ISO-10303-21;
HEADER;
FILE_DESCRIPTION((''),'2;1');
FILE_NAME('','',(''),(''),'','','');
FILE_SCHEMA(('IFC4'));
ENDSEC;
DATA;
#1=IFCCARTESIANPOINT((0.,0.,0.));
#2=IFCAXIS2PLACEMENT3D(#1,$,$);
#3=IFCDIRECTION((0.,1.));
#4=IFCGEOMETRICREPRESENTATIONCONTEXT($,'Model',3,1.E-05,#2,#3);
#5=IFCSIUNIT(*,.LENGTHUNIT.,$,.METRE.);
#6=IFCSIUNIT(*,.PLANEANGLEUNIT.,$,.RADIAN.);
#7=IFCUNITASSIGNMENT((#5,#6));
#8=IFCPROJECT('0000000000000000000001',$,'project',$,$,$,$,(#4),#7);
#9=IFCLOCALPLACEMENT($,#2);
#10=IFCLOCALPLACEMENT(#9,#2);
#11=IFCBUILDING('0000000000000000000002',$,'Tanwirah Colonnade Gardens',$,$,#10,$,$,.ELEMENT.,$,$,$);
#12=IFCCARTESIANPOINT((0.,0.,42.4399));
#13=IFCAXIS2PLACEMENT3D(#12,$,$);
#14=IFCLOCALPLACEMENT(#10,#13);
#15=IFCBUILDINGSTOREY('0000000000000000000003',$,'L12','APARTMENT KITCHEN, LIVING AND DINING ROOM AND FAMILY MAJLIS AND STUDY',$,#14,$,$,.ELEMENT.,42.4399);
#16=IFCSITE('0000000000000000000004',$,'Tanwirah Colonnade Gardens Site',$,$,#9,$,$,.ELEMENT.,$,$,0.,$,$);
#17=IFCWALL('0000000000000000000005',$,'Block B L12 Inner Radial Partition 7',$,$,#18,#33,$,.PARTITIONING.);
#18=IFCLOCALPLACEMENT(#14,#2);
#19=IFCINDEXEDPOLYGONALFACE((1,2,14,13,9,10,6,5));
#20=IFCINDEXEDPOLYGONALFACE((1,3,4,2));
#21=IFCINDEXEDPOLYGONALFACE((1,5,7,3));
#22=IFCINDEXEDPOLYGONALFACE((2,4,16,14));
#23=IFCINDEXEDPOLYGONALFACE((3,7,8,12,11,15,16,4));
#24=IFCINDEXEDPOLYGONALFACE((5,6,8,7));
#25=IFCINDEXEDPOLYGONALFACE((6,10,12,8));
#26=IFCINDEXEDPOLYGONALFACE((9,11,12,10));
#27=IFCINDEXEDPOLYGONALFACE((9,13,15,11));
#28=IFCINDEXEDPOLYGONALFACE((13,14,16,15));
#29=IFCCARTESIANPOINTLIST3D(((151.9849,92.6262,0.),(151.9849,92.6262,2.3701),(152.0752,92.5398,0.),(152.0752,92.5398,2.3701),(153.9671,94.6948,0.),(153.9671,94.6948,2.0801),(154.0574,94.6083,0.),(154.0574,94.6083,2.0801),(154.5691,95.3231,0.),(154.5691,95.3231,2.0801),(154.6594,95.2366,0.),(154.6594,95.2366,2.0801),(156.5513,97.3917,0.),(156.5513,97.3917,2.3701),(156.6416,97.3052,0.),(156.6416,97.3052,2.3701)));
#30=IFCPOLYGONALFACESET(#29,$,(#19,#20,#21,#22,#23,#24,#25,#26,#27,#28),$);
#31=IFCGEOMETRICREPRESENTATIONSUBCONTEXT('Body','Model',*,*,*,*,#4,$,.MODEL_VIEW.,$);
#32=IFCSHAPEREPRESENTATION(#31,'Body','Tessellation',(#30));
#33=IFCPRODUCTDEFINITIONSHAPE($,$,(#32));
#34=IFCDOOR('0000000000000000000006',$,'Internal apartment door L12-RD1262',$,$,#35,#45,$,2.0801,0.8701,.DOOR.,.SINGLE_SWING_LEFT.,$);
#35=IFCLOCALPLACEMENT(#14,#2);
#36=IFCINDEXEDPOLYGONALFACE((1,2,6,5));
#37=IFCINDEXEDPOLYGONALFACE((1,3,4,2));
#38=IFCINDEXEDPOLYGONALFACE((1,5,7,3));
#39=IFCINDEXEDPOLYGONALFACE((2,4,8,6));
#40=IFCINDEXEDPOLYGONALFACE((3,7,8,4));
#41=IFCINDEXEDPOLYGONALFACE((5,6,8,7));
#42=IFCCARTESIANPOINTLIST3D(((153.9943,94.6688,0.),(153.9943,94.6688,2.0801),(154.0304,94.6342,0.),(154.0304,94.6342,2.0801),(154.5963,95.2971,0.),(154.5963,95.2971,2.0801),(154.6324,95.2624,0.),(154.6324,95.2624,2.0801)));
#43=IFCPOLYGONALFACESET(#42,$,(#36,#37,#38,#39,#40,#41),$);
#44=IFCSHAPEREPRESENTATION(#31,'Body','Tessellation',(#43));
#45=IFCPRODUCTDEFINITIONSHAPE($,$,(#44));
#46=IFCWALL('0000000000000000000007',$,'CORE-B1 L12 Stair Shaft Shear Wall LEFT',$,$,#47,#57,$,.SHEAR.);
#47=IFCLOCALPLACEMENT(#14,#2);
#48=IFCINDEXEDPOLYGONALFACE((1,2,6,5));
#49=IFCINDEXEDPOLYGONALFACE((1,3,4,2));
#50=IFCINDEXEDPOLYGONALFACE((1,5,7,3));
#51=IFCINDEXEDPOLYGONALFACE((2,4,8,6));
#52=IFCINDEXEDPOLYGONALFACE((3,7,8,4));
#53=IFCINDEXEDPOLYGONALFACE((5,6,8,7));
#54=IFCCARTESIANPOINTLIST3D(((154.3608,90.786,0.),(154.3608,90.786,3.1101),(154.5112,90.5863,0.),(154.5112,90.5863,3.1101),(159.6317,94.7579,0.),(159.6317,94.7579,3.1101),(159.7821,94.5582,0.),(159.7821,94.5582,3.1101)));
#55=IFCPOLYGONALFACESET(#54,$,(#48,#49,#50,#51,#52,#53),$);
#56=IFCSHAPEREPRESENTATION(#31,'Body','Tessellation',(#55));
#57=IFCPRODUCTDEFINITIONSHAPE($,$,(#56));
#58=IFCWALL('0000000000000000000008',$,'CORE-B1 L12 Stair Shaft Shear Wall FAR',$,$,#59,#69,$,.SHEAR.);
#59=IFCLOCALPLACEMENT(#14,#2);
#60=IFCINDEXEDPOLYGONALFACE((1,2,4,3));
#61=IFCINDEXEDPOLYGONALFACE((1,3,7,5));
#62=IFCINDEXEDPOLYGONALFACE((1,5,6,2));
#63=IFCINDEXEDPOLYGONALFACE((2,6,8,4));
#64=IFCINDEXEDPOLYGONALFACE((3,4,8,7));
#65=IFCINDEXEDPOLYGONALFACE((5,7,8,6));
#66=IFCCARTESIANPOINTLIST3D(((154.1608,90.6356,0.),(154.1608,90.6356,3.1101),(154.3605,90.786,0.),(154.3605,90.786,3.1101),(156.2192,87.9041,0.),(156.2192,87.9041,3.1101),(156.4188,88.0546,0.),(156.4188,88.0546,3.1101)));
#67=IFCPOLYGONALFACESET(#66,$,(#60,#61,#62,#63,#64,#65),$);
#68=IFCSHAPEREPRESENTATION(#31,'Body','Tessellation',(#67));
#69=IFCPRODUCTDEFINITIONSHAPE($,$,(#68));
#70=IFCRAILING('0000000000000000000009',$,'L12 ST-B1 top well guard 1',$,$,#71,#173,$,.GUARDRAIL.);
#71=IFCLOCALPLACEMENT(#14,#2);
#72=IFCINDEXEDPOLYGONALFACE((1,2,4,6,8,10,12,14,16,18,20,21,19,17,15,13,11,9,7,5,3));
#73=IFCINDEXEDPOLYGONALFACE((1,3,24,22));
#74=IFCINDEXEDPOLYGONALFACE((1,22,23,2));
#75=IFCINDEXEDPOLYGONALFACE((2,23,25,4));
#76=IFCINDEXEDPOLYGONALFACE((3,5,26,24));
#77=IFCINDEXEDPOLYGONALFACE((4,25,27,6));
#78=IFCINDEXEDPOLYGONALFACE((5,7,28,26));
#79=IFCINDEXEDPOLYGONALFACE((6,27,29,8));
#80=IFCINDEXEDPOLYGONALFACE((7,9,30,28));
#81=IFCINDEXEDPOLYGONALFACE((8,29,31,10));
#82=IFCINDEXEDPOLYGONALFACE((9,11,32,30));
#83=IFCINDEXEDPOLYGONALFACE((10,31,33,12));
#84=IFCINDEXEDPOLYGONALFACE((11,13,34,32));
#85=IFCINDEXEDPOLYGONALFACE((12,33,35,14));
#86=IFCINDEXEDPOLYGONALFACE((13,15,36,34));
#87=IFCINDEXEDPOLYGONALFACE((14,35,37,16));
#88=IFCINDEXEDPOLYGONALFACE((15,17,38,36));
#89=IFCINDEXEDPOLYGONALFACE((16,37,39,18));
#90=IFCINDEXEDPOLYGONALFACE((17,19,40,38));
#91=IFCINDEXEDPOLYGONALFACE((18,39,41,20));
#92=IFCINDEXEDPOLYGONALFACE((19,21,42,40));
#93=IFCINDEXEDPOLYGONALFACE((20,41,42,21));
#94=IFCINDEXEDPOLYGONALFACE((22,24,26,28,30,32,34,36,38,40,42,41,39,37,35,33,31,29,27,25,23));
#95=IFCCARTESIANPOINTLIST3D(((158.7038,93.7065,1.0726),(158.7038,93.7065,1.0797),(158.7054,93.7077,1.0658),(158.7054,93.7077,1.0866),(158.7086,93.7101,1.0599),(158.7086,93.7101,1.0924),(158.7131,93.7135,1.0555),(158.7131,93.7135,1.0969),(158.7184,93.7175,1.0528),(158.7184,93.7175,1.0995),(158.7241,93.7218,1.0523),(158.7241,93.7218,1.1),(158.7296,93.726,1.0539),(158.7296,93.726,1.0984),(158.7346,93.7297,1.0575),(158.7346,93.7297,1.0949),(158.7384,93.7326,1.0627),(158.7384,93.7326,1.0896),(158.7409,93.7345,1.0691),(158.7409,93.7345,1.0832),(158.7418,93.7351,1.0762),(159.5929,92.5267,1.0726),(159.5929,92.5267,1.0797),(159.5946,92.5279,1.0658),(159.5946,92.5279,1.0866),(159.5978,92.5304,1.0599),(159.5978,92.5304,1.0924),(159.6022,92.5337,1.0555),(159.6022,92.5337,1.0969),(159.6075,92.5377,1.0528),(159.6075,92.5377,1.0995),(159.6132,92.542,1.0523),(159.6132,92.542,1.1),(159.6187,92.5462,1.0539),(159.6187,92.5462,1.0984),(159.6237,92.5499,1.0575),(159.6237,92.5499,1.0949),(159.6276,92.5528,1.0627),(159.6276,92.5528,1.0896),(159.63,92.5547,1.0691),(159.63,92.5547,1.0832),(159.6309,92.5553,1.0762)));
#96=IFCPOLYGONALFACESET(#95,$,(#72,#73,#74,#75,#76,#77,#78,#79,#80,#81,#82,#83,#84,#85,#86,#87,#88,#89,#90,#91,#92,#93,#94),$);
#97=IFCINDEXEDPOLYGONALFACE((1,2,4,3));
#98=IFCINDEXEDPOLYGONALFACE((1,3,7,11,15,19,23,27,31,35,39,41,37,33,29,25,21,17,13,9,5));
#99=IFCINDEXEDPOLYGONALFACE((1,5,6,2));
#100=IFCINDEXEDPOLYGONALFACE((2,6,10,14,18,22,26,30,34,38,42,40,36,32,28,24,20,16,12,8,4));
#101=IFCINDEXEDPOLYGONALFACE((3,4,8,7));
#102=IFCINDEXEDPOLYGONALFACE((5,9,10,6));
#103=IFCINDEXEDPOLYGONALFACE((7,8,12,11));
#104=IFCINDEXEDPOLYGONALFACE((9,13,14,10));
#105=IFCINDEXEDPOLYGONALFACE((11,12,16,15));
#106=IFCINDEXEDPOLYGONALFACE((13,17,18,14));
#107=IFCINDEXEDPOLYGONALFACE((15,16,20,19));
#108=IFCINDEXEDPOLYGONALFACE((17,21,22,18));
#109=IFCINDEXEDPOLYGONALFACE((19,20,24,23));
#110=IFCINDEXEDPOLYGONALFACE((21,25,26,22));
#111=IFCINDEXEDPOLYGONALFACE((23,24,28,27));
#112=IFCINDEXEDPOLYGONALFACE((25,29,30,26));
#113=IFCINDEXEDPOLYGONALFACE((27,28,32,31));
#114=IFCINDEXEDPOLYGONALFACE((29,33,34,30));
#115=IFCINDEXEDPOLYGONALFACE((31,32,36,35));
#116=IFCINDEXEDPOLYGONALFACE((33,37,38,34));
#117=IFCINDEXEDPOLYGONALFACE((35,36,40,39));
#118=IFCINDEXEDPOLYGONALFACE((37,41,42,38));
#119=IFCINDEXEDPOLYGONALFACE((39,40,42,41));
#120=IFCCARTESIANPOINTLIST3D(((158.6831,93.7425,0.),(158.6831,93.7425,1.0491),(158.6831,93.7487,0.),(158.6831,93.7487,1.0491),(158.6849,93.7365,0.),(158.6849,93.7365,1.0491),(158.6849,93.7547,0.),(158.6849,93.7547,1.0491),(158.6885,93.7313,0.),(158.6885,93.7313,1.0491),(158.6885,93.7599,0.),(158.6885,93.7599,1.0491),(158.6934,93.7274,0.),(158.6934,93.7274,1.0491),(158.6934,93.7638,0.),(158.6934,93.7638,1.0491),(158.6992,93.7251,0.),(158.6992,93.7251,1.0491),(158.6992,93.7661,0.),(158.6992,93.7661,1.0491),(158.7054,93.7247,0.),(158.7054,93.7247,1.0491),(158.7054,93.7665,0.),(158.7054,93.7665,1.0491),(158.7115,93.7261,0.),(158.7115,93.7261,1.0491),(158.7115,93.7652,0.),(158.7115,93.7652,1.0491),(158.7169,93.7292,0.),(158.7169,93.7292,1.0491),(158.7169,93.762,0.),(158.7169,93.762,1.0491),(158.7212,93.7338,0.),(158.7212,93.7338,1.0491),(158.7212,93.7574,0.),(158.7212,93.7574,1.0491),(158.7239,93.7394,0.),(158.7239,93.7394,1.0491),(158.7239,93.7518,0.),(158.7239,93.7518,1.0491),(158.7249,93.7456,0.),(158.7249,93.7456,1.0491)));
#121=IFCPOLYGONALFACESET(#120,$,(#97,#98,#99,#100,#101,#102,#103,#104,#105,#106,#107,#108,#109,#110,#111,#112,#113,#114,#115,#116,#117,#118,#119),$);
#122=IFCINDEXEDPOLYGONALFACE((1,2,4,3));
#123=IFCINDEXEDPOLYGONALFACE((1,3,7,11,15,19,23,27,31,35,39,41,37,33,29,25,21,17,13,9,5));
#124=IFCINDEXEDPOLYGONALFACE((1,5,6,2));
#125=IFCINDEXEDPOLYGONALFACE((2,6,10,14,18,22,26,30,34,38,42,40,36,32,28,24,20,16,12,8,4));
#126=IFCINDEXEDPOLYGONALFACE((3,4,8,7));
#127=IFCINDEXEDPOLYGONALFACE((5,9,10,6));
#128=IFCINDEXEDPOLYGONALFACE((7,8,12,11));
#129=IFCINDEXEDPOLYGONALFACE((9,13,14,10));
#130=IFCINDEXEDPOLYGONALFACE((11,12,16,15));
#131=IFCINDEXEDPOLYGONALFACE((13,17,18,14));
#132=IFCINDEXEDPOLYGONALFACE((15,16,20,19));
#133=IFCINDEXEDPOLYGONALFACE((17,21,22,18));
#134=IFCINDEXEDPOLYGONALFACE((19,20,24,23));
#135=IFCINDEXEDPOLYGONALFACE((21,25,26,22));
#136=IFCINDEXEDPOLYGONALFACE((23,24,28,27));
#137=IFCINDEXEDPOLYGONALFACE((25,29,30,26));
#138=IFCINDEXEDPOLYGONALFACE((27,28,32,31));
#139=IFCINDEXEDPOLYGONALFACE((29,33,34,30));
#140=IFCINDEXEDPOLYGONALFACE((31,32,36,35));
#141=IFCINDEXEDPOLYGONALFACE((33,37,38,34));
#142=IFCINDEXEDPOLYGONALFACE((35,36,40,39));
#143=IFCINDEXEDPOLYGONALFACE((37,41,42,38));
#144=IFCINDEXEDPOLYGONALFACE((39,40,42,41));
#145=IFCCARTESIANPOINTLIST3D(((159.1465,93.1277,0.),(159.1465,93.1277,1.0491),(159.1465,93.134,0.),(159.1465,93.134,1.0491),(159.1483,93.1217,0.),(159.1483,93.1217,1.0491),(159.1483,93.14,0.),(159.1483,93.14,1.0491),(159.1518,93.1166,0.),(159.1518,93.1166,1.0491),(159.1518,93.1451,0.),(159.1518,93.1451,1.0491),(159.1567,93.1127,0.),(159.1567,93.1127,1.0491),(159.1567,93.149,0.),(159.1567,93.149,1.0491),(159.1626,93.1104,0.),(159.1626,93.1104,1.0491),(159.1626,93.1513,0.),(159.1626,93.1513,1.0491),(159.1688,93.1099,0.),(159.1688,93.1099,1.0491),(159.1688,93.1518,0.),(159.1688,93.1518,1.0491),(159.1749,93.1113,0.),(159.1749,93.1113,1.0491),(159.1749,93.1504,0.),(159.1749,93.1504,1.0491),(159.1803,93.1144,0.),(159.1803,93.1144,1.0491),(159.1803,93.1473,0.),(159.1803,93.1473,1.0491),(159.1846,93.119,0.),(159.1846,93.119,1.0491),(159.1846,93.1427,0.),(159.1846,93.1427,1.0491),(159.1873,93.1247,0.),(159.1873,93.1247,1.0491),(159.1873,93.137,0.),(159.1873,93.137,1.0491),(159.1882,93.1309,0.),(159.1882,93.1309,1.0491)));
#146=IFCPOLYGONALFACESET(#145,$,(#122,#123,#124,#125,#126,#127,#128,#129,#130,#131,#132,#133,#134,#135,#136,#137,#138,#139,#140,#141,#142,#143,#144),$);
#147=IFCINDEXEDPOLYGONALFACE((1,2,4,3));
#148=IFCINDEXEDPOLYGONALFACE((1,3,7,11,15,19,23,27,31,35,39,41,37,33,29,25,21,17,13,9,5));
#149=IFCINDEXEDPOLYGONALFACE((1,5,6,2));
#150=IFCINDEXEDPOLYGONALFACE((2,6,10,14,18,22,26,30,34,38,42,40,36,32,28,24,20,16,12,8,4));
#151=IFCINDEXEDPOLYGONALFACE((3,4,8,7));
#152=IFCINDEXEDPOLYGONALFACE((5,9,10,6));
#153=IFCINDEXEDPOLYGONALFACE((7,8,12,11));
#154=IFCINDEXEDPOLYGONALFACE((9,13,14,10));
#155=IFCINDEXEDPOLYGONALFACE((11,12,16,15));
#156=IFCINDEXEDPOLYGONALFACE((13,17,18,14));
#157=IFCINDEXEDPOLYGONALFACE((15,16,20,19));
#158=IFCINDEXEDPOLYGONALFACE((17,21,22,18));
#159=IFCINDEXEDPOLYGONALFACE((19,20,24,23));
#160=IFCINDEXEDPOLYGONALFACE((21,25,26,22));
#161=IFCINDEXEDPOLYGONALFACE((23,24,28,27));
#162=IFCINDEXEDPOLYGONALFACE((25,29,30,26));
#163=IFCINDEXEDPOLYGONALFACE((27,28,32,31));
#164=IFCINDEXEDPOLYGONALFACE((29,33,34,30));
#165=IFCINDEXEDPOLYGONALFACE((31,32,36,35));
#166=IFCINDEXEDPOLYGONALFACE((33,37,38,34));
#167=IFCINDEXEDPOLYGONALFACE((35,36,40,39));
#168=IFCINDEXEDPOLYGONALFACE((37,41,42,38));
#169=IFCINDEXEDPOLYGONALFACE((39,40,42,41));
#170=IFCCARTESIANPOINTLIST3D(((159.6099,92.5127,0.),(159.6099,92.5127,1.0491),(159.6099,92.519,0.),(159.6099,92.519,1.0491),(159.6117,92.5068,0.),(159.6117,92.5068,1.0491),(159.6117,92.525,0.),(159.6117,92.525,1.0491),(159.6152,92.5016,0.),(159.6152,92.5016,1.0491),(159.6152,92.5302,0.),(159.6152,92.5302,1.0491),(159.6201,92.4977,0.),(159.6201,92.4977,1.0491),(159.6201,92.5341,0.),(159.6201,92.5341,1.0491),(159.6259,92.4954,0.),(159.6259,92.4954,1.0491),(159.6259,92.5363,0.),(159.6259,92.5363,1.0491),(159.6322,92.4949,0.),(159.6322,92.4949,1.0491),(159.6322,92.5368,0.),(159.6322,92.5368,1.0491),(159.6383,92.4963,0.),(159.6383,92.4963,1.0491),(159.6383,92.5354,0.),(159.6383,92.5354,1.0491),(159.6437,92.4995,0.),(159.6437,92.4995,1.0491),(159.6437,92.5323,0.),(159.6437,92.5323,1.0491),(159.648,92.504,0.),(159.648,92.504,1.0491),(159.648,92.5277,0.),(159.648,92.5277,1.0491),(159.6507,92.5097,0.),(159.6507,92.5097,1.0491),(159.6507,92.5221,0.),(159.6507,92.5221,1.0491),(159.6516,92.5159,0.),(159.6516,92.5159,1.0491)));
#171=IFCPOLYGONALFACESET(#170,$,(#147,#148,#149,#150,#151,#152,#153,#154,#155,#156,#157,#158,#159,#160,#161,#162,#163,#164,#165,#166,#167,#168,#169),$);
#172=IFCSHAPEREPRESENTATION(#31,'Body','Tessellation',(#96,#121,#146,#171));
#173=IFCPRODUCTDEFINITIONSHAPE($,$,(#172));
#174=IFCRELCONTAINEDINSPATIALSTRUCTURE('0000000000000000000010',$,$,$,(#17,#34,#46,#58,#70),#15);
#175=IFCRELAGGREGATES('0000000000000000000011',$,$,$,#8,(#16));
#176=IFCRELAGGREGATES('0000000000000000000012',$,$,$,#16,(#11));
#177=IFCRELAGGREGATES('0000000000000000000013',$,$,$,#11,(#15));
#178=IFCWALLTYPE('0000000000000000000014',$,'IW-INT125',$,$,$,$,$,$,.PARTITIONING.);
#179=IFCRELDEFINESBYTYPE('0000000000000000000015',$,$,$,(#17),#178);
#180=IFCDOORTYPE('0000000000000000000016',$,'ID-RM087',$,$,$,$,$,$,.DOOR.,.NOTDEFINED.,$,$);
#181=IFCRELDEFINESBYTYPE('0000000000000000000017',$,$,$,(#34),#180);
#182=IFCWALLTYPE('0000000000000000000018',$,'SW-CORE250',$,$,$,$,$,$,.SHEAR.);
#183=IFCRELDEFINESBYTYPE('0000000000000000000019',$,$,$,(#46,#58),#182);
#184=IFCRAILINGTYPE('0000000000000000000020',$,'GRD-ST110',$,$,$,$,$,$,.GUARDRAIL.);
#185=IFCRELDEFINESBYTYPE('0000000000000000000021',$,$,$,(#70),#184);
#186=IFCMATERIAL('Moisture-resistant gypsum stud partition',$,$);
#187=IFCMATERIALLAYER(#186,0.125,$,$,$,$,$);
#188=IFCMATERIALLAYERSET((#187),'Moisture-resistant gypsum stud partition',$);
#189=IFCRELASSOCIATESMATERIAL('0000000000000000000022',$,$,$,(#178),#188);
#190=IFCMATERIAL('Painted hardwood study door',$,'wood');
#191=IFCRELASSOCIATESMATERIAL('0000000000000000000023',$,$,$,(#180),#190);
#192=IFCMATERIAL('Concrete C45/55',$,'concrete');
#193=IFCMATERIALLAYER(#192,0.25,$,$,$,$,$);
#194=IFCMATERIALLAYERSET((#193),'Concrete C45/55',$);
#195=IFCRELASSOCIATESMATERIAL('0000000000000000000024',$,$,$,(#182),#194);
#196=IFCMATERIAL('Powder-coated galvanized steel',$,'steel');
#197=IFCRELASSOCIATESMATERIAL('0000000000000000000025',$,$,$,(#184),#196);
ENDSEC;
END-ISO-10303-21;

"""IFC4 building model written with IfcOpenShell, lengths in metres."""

from ifc_helpers import new_model, si_unit, direction, frame, frame_2d, origin, origin_2d, place, context, subcontext, project, spatial, rectangle, circle, extrude, material, layer, layer_set, type_object, element, fill, save


model = new_model("IFC4")

# Units and contexts
model_context = context("Model", 3, precision=1e-05, world=origin(), true_north=direction((0.0, 1.0)))
body_context = subcontext(model_context, "Body", "Model", "MODEL_VIEW")
ifc_project = project(units=[si_unit("LENGTHUNIT", "METRE"), si_unit("PLANEANGLEUNIT", "RADIAN")], contexts=[model_context])

# Site, building, storey
site_placement = place(None, origin())
site = spatial("IfcSite", under=ifc_project, at=site_placement, Name="Tanwirah Colonnade Gardens Site", CompositionType="ELEMENT", RefElevation=0.0)
building_placement = place(site_placement, origin())
building = spatial("IfcBuilding", under=site, at=building_placement, Name="Tanwirah Colonnade Gardens", CompositionType="ELEMENT")
storey_placement = place(building_placement, frame((0.0, 0.0, 42.4399)))
storey = spatial("IfcBuildingStorey", under=building, at=storey_placement, Name="L12", Description="APARTMENT KITCHEN, LIVING AND DINING ROOM AND FAMILY MAJLIS AND STUDY", CompositionType="ELEMENT", Elevation=42.4399)

# Wall, opening, door
ifc_material_1 = material(Name="Moisture-resistant gypsum stud partition")
ifc_layer_1 = layer(ifc_material_1, 0.125)
ifc_layer_set_1 = layer_set([ifc_layer_1], Name="Moisture-resistant gypsum stud partition")
wall_type_1 = type_object("IfcWallType", Name="IW-INT125", PredefinedType="PARTITIONING", material=ifc_layer_set_1)
wall_1_placement = place(storey_placement, frame((152.03, 92.583, 0.0), z_axis=(0.0, 0.0, 1.0), x_axis=(0.691872, 0.72202, 0.0)))
wall_1 = element("IfcWall", 1, at=wall_1_placement, inside=storey, type_object=wall_type_1, Name="Block B L12 Inner Radial Partition 7", PredefinedType="PARTITIONING", context=body_context, shape_type="SweptSolid", body=[
    extrude(rectangle(XDim=6.6001, YDim=0.125, at=frame_2d((3.3, 0.0))), origin(), (0.0, 0.0, 1.0), 2.3701),
])
opening_1_placement = place(wall_1_placement, frame((2.865, 0.0, 0.0)))
opening_1 = element("IfcOpeningElement", 2, at=opening_1_placement, cuts=wall_1, PredefinedType="OPENING", context=body_context, shape_type="SweptSolid", body=[
    extrude(rectangle(XDim=0.8701, YDim=2.0801, at=frame_2d((0.4351, 1.04))), frame((0.0, 0.0725, 0.0), z_axis=(0.0, -1.0, 0.0), x_axis=(1.0, 0.0, 0.0)), (0.0, 0.0, 1.0), 0.145),
])
ifc_material_2 = material(Name="Painted hardwood study door", Category="wood")
door_type_1 = type_object("IfcDoorType", Name="ID-RM087", OperationType="NOTDEFINED", PredefinedType="DOOR", material=ifc_material_2)
door_1_placement = place(opening_1_placement, origin())
door_1 = element("IfcDoor", 3, at=door_1_placement, inside=storey, type_object=door_type_1, Name="Internal apartment door L12-RD1262", OperationType="SINGLE_SWING_LEFT", OverallHeight=2.0801, OverallWidth=0.8701, PredefinedType="DOOR", context=body_context, shape_type="SweptSolid", body=[
    extrude(rectangle(XDim=0.8701, YDim=2.0801, at=frame_2d((0.4351, 1.04))), frame((0.0, 0.0249, 0.0), z_axis=(0.0, -1.0, 0.0), x_axis=(1.0, 0.0, 0.0)), (0.0, 0.0, 1.0), 0.05),
])
fill(opening_1, door_1)

# Walls
ifc_material_3 = material(Name="Concrete C45/55", Category="concrete")
ifc_layer_2 = layer(ifc_material_3, 0.25)
ifc_layer_set_2 = layer_set([ifc_layer_2], Name="Concrete C45/55")
wall_type_2 = type_object("IfcWallType", Name="SW-CORE250", PredefinedType="SHEAR", material=ifc_layer_set_2)
wall_2_placement = place(storey_placement, frame((159.7068, 94.658, 0.0), z_axis=(0.0, 0.0, 1.0), x_axis=(-0.79864, -0.60181, 0.0)))
element("IfcWall", 4, at=wall_2_placement, inside=storey, type_object=wall_type_2, Name="CORE-B1 L12 Stair Shaft Shear Wall LEFT", PredefinedType="SHEAR", context=body_context, shape_type="SweptSolid", body=[
    extrude(rectangle(XDim=6.5999, YDim=0.25, at=frame_2d((3.2998, 0.0))), origin(), (0.0, 0.0, 1.0), 3.1101),
])
wall_3_placement = place(storey_placement, frame((154.2607, 90.7107, 0.0), z_axis=(0.0, 0.0, 1.0), x_axis=(0.601826, -0.798627, 0.0)))
element("IfcWall", 5, at=wall_3_placement, inside=storey, type_object=wall_type_2, Name="CORE-B1 L12 Stair Shaft Shear Wall FAR", PredefinedType="SHEAR", context=body_context, shape_type="SweptSolid", body=[
    extrude(rectangle(XDim=3.4202, YDim=0.25, at=frame_2d((1.71, 0.0))), origin(), (0.0, 0.0, 1.0), 3.1101),
])

# Railing
ifc_material_4 = material(Name="Powder-coated galvanized steel", Category="steel")
railing_type = type_object("IfcRailingType", Name="GRD-ST110", PredefinedType="GUARDRAIL", material=ifc_material_4)
railing_placement = place(storey_placement, frame((158.7039, 93.7456, 0.0)))
element("IfcRailing", 6, at=railing_placement, inside=storey, type_object=railing_type, Name="L12 ST-B1 top well guard 1", PredefinedType="GUARDRAIL", context=body_context, shape_type="SweptSolid", body=[
    extrude(circle(Radius=0.0239, at=origin_2d()), frame((0.0188, -0.0249, 1.0762), z_axis=(0.60185, -0.798609, 0.0), x_axis=(0.798609, 0.60185, 0.0)), (0.0, 0.0, 1.0), 1.4773),
    extrude(circle(Radius=0.021, at=origin_2d()), origin(), (0.0, 0.0, 1.0), 1.0491),
    extrude(circle(Radius=0.021, at=origin_2d()), frame((0.4634, -0.6147, 0.0)), (0.0, 0.0, 1.0), 1.0491),
    extrude(circle(Radius=0.021, at=origin_2d()), frame((0.9268, -1.2297, 0.0)), (0.0, 0.0, 1.0), 1.0491),
])

save(model, "model.ifc")
